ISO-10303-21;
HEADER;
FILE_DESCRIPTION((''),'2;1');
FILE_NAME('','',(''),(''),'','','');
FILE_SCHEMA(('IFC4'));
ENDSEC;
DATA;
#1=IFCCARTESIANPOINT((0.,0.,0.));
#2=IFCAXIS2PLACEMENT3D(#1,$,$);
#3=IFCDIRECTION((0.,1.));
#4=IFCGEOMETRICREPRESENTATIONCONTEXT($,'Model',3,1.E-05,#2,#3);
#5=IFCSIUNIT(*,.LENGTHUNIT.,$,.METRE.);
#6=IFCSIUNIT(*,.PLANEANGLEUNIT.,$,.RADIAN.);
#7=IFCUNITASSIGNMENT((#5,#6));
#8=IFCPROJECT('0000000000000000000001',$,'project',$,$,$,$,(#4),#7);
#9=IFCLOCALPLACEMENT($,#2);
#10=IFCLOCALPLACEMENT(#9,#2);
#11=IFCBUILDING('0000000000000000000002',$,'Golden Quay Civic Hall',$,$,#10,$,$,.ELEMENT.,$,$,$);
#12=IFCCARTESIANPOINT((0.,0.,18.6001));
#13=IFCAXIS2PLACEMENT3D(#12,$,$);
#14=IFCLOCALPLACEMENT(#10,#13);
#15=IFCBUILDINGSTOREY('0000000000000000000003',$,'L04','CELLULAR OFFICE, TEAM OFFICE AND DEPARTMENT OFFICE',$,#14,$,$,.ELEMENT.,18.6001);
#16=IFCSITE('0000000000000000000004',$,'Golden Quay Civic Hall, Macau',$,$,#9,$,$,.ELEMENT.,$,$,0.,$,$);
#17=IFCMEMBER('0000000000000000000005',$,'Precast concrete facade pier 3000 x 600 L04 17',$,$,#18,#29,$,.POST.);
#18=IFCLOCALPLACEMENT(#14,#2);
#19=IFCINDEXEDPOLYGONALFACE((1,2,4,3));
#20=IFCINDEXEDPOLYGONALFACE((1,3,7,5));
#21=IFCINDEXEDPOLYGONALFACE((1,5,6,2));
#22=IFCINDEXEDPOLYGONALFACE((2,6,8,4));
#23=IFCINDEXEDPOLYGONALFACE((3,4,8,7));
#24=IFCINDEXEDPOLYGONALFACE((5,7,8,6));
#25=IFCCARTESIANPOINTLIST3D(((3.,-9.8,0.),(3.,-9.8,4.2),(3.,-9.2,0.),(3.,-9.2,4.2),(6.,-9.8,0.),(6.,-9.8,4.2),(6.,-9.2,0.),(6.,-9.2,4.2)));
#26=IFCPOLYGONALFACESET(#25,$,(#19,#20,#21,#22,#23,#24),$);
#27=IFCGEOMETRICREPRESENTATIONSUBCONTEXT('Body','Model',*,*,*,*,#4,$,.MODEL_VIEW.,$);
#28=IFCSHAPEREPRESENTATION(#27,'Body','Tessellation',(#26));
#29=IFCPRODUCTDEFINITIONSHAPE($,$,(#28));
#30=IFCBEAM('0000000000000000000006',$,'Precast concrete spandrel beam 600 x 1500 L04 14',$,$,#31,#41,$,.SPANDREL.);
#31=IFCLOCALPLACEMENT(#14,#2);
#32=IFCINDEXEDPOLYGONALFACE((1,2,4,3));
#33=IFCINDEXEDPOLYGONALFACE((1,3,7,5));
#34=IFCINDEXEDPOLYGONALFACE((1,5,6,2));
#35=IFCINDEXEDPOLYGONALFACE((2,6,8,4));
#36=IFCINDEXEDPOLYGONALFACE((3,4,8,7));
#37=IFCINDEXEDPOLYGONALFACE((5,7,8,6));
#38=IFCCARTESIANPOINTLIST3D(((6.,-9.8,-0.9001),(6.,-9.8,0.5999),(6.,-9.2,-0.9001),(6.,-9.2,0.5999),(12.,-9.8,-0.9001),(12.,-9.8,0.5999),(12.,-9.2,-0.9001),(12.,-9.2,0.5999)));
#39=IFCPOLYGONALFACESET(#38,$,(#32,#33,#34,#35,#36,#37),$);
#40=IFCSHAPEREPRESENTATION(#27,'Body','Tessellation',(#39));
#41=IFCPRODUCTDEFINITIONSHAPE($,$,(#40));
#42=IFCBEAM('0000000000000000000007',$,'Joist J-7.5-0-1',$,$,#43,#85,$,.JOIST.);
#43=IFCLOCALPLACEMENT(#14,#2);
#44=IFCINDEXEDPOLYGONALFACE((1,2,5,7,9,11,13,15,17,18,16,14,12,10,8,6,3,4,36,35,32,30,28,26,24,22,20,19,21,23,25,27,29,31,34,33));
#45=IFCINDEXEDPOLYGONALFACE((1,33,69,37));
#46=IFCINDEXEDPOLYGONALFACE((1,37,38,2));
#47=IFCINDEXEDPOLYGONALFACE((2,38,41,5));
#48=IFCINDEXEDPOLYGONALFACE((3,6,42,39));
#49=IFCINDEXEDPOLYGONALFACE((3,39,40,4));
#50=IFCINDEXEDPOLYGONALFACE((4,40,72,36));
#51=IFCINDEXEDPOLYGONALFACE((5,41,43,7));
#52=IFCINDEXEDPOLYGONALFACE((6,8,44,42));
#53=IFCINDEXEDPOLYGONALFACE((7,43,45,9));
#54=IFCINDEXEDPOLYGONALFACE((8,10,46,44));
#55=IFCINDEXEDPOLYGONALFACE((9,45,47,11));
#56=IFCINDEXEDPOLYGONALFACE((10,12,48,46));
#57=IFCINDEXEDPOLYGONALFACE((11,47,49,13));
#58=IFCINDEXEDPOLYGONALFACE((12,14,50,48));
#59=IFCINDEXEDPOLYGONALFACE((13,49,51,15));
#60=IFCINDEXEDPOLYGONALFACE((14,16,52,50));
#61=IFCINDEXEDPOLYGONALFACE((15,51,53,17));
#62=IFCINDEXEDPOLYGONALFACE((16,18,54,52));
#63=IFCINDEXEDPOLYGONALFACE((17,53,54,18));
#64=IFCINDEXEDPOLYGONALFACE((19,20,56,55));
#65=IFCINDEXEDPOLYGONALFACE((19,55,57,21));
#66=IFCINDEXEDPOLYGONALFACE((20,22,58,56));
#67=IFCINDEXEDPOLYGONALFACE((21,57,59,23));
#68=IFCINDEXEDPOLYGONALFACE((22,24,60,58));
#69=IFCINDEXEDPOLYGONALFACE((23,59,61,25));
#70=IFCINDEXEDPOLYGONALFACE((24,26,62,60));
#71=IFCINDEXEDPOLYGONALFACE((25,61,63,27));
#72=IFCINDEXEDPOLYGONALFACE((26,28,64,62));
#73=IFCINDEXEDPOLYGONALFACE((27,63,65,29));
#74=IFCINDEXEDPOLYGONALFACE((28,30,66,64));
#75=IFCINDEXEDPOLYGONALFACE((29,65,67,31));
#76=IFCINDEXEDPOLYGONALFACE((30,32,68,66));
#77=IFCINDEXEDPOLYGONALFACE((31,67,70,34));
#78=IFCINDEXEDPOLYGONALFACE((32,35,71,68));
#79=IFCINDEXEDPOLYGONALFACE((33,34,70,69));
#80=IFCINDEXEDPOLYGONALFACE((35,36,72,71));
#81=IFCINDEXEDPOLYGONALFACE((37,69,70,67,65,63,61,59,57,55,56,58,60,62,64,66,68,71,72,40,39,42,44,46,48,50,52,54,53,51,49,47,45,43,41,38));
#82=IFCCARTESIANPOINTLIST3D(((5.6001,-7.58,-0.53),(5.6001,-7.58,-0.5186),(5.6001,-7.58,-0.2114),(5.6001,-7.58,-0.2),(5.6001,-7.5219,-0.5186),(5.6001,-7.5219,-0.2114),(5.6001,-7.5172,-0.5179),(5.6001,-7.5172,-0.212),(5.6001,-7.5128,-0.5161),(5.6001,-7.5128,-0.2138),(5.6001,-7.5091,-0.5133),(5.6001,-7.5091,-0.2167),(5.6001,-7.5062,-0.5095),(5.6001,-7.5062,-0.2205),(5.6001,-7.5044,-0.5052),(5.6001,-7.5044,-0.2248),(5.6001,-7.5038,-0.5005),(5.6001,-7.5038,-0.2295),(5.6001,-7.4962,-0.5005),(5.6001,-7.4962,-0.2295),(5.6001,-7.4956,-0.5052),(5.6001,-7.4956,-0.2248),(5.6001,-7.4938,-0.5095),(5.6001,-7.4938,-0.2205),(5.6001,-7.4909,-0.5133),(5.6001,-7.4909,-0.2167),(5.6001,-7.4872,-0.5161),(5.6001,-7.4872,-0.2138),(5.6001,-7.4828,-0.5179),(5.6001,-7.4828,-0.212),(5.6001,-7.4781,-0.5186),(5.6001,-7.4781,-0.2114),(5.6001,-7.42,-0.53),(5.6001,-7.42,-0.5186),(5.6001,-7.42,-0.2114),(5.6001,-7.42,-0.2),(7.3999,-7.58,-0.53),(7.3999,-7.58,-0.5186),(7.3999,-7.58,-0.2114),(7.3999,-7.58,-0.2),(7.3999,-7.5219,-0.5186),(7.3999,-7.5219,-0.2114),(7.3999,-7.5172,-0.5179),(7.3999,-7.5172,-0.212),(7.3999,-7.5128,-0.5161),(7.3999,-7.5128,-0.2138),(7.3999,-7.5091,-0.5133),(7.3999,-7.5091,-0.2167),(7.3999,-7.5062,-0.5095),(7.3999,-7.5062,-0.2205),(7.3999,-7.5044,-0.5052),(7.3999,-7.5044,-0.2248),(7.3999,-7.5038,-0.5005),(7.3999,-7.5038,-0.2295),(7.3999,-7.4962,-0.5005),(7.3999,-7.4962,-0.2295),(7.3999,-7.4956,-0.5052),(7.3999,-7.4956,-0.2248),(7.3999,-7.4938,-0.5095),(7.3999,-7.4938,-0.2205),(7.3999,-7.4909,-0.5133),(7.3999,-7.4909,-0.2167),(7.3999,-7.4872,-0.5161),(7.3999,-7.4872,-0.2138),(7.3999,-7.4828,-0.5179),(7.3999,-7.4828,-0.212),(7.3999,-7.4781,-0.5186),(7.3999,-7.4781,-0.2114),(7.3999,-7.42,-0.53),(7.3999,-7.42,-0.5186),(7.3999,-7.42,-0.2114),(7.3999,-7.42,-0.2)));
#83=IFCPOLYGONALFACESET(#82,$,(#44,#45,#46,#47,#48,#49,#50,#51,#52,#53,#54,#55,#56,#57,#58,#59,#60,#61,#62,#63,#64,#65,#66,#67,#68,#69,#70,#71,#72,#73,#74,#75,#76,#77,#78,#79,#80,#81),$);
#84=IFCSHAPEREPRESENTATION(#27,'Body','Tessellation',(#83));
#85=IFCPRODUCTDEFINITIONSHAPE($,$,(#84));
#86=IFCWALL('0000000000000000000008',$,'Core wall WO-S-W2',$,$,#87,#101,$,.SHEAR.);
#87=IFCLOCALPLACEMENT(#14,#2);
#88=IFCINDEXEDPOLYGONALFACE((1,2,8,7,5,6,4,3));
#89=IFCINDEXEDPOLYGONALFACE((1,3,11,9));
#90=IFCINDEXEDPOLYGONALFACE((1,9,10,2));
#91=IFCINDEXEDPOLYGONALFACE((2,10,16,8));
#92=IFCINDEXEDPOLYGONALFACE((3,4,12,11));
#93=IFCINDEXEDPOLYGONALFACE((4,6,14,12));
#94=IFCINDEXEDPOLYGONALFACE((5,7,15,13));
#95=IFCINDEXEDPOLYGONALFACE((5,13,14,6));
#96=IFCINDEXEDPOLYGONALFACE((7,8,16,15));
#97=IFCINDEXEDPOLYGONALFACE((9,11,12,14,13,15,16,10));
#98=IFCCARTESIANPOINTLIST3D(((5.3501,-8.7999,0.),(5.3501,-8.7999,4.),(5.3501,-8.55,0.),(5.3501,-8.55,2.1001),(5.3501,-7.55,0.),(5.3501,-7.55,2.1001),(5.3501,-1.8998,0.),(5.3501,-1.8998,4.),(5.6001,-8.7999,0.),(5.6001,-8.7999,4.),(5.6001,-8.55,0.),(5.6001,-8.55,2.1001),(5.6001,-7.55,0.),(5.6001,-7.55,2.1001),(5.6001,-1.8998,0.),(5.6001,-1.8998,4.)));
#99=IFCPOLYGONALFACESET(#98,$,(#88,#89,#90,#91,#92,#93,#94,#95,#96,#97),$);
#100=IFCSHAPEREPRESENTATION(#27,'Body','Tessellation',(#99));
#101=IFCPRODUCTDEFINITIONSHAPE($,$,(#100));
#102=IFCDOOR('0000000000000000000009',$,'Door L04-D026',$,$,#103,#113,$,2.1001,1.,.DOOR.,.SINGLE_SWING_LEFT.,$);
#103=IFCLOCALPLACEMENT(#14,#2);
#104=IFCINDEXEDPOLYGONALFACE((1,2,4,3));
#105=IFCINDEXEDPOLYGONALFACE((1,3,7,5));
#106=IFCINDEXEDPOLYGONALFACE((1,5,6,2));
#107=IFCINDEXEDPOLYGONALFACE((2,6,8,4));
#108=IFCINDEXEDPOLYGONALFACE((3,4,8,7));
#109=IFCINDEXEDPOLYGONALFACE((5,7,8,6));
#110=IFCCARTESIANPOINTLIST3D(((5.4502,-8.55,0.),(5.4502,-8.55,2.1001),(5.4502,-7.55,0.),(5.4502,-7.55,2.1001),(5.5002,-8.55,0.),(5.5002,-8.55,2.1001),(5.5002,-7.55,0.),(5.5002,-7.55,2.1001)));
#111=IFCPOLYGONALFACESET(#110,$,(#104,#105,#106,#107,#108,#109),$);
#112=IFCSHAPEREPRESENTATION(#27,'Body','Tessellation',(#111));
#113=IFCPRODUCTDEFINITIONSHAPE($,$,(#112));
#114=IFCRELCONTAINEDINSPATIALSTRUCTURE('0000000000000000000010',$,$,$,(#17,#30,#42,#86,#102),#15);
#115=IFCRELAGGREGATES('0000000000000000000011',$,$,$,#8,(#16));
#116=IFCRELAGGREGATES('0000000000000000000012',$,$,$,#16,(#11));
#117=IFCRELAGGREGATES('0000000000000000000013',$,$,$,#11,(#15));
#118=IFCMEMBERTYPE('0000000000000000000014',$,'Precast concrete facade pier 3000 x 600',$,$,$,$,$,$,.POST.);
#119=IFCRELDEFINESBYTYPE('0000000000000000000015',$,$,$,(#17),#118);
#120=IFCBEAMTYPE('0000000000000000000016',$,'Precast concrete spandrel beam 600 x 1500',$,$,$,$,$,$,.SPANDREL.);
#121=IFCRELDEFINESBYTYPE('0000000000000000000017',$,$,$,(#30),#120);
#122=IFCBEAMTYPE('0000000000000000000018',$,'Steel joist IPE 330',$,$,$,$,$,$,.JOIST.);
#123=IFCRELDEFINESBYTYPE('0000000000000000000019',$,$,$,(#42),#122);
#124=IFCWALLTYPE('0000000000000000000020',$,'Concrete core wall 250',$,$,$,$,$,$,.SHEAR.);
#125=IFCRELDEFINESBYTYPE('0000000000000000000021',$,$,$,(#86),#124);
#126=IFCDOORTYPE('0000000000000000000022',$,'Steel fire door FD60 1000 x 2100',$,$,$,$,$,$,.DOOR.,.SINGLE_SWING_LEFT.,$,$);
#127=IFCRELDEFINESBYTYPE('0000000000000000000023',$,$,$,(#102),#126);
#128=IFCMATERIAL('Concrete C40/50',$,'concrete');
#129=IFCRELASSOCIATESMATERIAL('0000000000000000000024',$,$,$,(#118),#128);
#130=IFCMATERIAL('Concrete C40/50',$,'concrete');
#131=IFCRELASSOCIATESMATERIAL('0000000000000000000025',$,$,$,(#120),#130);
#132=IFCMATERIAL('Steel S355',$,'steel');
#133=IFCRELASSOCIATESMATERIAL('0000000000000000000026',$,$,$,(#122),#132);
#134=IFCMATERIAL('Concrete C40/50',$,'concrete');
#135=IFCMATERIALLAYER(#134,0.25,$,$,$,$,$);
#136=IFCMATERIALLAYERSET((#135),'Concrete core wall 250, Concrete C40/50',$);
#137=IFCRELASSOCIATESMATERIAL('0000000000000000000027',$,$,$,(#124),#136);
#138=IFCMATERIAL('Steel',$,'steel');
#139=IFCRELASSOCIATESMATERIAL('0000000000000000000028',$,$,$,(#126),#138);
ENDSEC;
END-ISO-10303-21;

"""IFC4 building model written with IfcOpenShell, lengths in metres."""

from ifc_helpers import new_model, si_unit, direction, frame, frame_2d, origin, origin_2d, place, context, subcontext, project, spatial, rectangle, i_section, extrude, material, layer, layer_set, material_profile, profile_set, type_object, element, fill, save


model = new_model("IFC4")

# Units and contexts
model_context = context("Model", 3, precision=1e-05, world=origin(), true_north=direction((0.0, 1.0)))
body_context = subcontext(model_context, "Body", "Model", "MODEL_VIEW")
ifc_project = project(units=[si_unit("LENGTHUNIT", "METRE"), si_unit("PLANEANGLEUNIT", "RADIAN")], contexts=[model_context])

# Site, building, storey
site_placement = place(None, origin())
site = spatial("IfcSite", under=ifc_project, at=site_placement, Name="Golden Quay Civic Hall, Macau", CompositionType="ELEMENT", RefElevation=0.0)
building_placement = place(site_placement, origin())
building = spatial("IfcBuilding", under=site, at=building_placement, Name="Golden Quay Civic Hall", CompositionType="ELEMENT")
storey_placement = place(building_placement, frame((0.0, 0.0, 18.6001)))
storey = spatial("IfcBuildingStorey", under=building, at=storey_placement, Name="L04", Description="CELLULAR OFFICE, TEAM OFFICE AND DEPARTMENT OFFICE", CompositionType="ELEMENT", Elevation=18.6001)

# Member
ifc_material_1 = material(Name="Concrete C40/50", Category="concrete")
ifc_material_profile_1 = material_profile(ifc_material_1, rectangle(XDim=3.0, YDim=0.6001, at=origin_2d()), Name="RC 3000x600")
ifc_profile_set_1 = profile_set([ifc_material_profile_1], Name="Concrete C40/50")
member_type = type_object("IfcMemberType", Name="Precast concrete facade pier 3000 x 600", PredefinedType="POST", material=ifc_profile_set_1)
member_placement = place(storey_placement, frame((4.5, -9.5, 0.0), z_axis=(0.0, 0.0, 1.0), x_axis=(1.0, 0.0, 0.0)))
element("IfcMember", 1, at=member_placement, inside=storey, type_object=member_type, Name="Precast concrete facade pier 3000 x 600 L04 17", PredefinedType="POST", context=body_context, shape_type="SweptSolid", body=[
    extrude(rectangle(XDim=3.0, YDim=0.6001, at=origin_2d()), origin(), (0.0, 0.0, 1.0), 4.2),
])

# Beams
ifc_material_2 = material(Name="Concrete C40/50", Category="concrete")
ifc_material_profile_2 = material_profile(ifc_material_2, rectangle(XDim=0.6001, YDim=1.5, at=origin_2d()), Name="RC 600x1500")
ifc_profile_set_2 = profile_set([ifc_material_profile_2], Name="Concrete C40/50")
beam_type_1 = type_object("IfcBeamType", Name="Precast concrete spandrel beam 600 x 1500", PredefinedType="SPANDREL", material=ifc_profile_set_2)
beam_1_placement = place(storey_placement, frame((6.0, -9.5, -0.1501), z_axis=(1.0, 0.0, 0.0), x_axis=(0.0, 1.0, 0.0)))
element("IfcBeam", 2, at=beam_1_placement, inside=storey, type_object=beam_type_1, Name="Precast concrete spandrel beam 600 x 1500 L04 14", PredefinedType="SPANDREL", context=body_context, shape_type="SweptSolid", body=[
    extrude(rectangle(XDim=0.6001, YDim=1.5, at=origin_2d()), origin(), (0.0, 0.0, 1.0), 6.0),
])
ifc_material_3 = material(Name="Steel S355", Category="steel")
ifc_material_profile_3 = material_profile(ifc_material_3, i_section(OverallWidth=0.1599, OverallDepth=0.3301, WebThickness=0.0076, FlangeThickness=0.0115, FilletRadius=0.0181, at=origin_2d()), Name="IPE 330")
ifc_profile_set_3 = profile_set([ifc_material_profile_3], Name="Steel S355")
beam_type_2 = type_object("IfcBeamType", Name="Steel joist IPE 330", PredefinedType="JOIST", material=ifc_profile_set_3)
beam_2_placement = place(storey_placement, frame((5.6001, -7.5, -0.365), z_axis=(1.0, 0.0, 0.0), x_axis=(0.0, 1.0, 0.0)))
element("IfcBeam", 3, at=beam_2_placement, inside=storey, type_object=beam_type_2, Name="Joist J-7.5-0-1", PredefinedType="JOIST", context=body_context, shape_type="SweptSolid", body=[
    extrude(i_section(OverallWidth=0.1599, OverallDepth=0.3301, WebThickness=0.0076, FlangeThickness=0.0115, FilletRadius=0.0181, at=origin_2d()), origin(), (0.0, 0.0, 1.0), 1.7998),
])

# Wall, opening, door
ifc_material_4 = material(Name="Concrete C40/50", Category="concrete")
ifc_layer = layer(ifc_material_4, 0.25)
ifc_layer_set = layer_set([ifc_layer], Name="Concrete core wall 250, Concrete C40/50")
wall_type = type_object("IfcWallType", Name="Concrete core wall 250", PredefinedType="SHEAR", material=ifc_layer_set)
wall_placement = place(storey_placement, frame((5.4751, -8.8, 0.0), z_axis=(0.0, 0.0, 1.0), x_axis=(0.0, 1.0, 0.0)))
wall = element("IfcWall", 4, at=wall_placement, inside=storey, type_object=wall_type, Name="Core wall WO-S-W2", PredefinedType="SHEAR", context=body_context, shape_type="SweptSolid", body=[
    extrude(rectangle(XDim=6.9001, YDim=0.25, at=frame_2d((3.4502, 0.0))), origin(), (0.0, 0.0, 1.0), 4.0),
])
opening_placement = place(wall_placement, frame((0.25, 0.0, 0.0)))
opening = element("IfcOpeningElement", 5, at=opening_placement, cuts=wall, PredefinedType="OPENING", context=body_context, shape_type="SweptSolid", body=[
    extrude(rectangle(XDim=1.0, YDim=2.1001, at=frame_2d((0.5, 1.05))), frame((0.0, 0.135, 0.0), z_axis=(0.0, -1.0, 0.0), x_axis=(1.0, 0.0, 0.0)), (0.0, 0.0, 1.0), 0.27),
])
ifc_material_5 = material(Name="Steel", Category="steel")
door_type = type_object("IfcDoorType", Name="Steel fire door FD60 1000 x 2100", OperationType="SINGLE_SWING_LEFT", PredefinedType="DOOR", material=ifc_material_5)
door_placement = place(opening_placement, origin())
door = element("IfcDoor", 6, at=door_placement, inside=storey, type_object=door_type, Name="Door L04-D026", OperationType="SINGLE_SWING_LEFT", OverallHeight=2.1001, OverallWidth=1.0, PredefinedType="DOOR", context=body_context, shape_type="SweptSolid", body=[
    extrude(rectangle(XDim=1.0, YDim=2.1001, at=frame_2d((0.5, 1.05))), frame((0.0, 0.0249, 0.0), z_axis=(0.0, -1.0, 0.0), x_axis=(1.0, 0.0, 0.0)), (0.0, 0.0, 1.0), 0.05),
])
fill(opening, door)

save(model, "model.ifc")
